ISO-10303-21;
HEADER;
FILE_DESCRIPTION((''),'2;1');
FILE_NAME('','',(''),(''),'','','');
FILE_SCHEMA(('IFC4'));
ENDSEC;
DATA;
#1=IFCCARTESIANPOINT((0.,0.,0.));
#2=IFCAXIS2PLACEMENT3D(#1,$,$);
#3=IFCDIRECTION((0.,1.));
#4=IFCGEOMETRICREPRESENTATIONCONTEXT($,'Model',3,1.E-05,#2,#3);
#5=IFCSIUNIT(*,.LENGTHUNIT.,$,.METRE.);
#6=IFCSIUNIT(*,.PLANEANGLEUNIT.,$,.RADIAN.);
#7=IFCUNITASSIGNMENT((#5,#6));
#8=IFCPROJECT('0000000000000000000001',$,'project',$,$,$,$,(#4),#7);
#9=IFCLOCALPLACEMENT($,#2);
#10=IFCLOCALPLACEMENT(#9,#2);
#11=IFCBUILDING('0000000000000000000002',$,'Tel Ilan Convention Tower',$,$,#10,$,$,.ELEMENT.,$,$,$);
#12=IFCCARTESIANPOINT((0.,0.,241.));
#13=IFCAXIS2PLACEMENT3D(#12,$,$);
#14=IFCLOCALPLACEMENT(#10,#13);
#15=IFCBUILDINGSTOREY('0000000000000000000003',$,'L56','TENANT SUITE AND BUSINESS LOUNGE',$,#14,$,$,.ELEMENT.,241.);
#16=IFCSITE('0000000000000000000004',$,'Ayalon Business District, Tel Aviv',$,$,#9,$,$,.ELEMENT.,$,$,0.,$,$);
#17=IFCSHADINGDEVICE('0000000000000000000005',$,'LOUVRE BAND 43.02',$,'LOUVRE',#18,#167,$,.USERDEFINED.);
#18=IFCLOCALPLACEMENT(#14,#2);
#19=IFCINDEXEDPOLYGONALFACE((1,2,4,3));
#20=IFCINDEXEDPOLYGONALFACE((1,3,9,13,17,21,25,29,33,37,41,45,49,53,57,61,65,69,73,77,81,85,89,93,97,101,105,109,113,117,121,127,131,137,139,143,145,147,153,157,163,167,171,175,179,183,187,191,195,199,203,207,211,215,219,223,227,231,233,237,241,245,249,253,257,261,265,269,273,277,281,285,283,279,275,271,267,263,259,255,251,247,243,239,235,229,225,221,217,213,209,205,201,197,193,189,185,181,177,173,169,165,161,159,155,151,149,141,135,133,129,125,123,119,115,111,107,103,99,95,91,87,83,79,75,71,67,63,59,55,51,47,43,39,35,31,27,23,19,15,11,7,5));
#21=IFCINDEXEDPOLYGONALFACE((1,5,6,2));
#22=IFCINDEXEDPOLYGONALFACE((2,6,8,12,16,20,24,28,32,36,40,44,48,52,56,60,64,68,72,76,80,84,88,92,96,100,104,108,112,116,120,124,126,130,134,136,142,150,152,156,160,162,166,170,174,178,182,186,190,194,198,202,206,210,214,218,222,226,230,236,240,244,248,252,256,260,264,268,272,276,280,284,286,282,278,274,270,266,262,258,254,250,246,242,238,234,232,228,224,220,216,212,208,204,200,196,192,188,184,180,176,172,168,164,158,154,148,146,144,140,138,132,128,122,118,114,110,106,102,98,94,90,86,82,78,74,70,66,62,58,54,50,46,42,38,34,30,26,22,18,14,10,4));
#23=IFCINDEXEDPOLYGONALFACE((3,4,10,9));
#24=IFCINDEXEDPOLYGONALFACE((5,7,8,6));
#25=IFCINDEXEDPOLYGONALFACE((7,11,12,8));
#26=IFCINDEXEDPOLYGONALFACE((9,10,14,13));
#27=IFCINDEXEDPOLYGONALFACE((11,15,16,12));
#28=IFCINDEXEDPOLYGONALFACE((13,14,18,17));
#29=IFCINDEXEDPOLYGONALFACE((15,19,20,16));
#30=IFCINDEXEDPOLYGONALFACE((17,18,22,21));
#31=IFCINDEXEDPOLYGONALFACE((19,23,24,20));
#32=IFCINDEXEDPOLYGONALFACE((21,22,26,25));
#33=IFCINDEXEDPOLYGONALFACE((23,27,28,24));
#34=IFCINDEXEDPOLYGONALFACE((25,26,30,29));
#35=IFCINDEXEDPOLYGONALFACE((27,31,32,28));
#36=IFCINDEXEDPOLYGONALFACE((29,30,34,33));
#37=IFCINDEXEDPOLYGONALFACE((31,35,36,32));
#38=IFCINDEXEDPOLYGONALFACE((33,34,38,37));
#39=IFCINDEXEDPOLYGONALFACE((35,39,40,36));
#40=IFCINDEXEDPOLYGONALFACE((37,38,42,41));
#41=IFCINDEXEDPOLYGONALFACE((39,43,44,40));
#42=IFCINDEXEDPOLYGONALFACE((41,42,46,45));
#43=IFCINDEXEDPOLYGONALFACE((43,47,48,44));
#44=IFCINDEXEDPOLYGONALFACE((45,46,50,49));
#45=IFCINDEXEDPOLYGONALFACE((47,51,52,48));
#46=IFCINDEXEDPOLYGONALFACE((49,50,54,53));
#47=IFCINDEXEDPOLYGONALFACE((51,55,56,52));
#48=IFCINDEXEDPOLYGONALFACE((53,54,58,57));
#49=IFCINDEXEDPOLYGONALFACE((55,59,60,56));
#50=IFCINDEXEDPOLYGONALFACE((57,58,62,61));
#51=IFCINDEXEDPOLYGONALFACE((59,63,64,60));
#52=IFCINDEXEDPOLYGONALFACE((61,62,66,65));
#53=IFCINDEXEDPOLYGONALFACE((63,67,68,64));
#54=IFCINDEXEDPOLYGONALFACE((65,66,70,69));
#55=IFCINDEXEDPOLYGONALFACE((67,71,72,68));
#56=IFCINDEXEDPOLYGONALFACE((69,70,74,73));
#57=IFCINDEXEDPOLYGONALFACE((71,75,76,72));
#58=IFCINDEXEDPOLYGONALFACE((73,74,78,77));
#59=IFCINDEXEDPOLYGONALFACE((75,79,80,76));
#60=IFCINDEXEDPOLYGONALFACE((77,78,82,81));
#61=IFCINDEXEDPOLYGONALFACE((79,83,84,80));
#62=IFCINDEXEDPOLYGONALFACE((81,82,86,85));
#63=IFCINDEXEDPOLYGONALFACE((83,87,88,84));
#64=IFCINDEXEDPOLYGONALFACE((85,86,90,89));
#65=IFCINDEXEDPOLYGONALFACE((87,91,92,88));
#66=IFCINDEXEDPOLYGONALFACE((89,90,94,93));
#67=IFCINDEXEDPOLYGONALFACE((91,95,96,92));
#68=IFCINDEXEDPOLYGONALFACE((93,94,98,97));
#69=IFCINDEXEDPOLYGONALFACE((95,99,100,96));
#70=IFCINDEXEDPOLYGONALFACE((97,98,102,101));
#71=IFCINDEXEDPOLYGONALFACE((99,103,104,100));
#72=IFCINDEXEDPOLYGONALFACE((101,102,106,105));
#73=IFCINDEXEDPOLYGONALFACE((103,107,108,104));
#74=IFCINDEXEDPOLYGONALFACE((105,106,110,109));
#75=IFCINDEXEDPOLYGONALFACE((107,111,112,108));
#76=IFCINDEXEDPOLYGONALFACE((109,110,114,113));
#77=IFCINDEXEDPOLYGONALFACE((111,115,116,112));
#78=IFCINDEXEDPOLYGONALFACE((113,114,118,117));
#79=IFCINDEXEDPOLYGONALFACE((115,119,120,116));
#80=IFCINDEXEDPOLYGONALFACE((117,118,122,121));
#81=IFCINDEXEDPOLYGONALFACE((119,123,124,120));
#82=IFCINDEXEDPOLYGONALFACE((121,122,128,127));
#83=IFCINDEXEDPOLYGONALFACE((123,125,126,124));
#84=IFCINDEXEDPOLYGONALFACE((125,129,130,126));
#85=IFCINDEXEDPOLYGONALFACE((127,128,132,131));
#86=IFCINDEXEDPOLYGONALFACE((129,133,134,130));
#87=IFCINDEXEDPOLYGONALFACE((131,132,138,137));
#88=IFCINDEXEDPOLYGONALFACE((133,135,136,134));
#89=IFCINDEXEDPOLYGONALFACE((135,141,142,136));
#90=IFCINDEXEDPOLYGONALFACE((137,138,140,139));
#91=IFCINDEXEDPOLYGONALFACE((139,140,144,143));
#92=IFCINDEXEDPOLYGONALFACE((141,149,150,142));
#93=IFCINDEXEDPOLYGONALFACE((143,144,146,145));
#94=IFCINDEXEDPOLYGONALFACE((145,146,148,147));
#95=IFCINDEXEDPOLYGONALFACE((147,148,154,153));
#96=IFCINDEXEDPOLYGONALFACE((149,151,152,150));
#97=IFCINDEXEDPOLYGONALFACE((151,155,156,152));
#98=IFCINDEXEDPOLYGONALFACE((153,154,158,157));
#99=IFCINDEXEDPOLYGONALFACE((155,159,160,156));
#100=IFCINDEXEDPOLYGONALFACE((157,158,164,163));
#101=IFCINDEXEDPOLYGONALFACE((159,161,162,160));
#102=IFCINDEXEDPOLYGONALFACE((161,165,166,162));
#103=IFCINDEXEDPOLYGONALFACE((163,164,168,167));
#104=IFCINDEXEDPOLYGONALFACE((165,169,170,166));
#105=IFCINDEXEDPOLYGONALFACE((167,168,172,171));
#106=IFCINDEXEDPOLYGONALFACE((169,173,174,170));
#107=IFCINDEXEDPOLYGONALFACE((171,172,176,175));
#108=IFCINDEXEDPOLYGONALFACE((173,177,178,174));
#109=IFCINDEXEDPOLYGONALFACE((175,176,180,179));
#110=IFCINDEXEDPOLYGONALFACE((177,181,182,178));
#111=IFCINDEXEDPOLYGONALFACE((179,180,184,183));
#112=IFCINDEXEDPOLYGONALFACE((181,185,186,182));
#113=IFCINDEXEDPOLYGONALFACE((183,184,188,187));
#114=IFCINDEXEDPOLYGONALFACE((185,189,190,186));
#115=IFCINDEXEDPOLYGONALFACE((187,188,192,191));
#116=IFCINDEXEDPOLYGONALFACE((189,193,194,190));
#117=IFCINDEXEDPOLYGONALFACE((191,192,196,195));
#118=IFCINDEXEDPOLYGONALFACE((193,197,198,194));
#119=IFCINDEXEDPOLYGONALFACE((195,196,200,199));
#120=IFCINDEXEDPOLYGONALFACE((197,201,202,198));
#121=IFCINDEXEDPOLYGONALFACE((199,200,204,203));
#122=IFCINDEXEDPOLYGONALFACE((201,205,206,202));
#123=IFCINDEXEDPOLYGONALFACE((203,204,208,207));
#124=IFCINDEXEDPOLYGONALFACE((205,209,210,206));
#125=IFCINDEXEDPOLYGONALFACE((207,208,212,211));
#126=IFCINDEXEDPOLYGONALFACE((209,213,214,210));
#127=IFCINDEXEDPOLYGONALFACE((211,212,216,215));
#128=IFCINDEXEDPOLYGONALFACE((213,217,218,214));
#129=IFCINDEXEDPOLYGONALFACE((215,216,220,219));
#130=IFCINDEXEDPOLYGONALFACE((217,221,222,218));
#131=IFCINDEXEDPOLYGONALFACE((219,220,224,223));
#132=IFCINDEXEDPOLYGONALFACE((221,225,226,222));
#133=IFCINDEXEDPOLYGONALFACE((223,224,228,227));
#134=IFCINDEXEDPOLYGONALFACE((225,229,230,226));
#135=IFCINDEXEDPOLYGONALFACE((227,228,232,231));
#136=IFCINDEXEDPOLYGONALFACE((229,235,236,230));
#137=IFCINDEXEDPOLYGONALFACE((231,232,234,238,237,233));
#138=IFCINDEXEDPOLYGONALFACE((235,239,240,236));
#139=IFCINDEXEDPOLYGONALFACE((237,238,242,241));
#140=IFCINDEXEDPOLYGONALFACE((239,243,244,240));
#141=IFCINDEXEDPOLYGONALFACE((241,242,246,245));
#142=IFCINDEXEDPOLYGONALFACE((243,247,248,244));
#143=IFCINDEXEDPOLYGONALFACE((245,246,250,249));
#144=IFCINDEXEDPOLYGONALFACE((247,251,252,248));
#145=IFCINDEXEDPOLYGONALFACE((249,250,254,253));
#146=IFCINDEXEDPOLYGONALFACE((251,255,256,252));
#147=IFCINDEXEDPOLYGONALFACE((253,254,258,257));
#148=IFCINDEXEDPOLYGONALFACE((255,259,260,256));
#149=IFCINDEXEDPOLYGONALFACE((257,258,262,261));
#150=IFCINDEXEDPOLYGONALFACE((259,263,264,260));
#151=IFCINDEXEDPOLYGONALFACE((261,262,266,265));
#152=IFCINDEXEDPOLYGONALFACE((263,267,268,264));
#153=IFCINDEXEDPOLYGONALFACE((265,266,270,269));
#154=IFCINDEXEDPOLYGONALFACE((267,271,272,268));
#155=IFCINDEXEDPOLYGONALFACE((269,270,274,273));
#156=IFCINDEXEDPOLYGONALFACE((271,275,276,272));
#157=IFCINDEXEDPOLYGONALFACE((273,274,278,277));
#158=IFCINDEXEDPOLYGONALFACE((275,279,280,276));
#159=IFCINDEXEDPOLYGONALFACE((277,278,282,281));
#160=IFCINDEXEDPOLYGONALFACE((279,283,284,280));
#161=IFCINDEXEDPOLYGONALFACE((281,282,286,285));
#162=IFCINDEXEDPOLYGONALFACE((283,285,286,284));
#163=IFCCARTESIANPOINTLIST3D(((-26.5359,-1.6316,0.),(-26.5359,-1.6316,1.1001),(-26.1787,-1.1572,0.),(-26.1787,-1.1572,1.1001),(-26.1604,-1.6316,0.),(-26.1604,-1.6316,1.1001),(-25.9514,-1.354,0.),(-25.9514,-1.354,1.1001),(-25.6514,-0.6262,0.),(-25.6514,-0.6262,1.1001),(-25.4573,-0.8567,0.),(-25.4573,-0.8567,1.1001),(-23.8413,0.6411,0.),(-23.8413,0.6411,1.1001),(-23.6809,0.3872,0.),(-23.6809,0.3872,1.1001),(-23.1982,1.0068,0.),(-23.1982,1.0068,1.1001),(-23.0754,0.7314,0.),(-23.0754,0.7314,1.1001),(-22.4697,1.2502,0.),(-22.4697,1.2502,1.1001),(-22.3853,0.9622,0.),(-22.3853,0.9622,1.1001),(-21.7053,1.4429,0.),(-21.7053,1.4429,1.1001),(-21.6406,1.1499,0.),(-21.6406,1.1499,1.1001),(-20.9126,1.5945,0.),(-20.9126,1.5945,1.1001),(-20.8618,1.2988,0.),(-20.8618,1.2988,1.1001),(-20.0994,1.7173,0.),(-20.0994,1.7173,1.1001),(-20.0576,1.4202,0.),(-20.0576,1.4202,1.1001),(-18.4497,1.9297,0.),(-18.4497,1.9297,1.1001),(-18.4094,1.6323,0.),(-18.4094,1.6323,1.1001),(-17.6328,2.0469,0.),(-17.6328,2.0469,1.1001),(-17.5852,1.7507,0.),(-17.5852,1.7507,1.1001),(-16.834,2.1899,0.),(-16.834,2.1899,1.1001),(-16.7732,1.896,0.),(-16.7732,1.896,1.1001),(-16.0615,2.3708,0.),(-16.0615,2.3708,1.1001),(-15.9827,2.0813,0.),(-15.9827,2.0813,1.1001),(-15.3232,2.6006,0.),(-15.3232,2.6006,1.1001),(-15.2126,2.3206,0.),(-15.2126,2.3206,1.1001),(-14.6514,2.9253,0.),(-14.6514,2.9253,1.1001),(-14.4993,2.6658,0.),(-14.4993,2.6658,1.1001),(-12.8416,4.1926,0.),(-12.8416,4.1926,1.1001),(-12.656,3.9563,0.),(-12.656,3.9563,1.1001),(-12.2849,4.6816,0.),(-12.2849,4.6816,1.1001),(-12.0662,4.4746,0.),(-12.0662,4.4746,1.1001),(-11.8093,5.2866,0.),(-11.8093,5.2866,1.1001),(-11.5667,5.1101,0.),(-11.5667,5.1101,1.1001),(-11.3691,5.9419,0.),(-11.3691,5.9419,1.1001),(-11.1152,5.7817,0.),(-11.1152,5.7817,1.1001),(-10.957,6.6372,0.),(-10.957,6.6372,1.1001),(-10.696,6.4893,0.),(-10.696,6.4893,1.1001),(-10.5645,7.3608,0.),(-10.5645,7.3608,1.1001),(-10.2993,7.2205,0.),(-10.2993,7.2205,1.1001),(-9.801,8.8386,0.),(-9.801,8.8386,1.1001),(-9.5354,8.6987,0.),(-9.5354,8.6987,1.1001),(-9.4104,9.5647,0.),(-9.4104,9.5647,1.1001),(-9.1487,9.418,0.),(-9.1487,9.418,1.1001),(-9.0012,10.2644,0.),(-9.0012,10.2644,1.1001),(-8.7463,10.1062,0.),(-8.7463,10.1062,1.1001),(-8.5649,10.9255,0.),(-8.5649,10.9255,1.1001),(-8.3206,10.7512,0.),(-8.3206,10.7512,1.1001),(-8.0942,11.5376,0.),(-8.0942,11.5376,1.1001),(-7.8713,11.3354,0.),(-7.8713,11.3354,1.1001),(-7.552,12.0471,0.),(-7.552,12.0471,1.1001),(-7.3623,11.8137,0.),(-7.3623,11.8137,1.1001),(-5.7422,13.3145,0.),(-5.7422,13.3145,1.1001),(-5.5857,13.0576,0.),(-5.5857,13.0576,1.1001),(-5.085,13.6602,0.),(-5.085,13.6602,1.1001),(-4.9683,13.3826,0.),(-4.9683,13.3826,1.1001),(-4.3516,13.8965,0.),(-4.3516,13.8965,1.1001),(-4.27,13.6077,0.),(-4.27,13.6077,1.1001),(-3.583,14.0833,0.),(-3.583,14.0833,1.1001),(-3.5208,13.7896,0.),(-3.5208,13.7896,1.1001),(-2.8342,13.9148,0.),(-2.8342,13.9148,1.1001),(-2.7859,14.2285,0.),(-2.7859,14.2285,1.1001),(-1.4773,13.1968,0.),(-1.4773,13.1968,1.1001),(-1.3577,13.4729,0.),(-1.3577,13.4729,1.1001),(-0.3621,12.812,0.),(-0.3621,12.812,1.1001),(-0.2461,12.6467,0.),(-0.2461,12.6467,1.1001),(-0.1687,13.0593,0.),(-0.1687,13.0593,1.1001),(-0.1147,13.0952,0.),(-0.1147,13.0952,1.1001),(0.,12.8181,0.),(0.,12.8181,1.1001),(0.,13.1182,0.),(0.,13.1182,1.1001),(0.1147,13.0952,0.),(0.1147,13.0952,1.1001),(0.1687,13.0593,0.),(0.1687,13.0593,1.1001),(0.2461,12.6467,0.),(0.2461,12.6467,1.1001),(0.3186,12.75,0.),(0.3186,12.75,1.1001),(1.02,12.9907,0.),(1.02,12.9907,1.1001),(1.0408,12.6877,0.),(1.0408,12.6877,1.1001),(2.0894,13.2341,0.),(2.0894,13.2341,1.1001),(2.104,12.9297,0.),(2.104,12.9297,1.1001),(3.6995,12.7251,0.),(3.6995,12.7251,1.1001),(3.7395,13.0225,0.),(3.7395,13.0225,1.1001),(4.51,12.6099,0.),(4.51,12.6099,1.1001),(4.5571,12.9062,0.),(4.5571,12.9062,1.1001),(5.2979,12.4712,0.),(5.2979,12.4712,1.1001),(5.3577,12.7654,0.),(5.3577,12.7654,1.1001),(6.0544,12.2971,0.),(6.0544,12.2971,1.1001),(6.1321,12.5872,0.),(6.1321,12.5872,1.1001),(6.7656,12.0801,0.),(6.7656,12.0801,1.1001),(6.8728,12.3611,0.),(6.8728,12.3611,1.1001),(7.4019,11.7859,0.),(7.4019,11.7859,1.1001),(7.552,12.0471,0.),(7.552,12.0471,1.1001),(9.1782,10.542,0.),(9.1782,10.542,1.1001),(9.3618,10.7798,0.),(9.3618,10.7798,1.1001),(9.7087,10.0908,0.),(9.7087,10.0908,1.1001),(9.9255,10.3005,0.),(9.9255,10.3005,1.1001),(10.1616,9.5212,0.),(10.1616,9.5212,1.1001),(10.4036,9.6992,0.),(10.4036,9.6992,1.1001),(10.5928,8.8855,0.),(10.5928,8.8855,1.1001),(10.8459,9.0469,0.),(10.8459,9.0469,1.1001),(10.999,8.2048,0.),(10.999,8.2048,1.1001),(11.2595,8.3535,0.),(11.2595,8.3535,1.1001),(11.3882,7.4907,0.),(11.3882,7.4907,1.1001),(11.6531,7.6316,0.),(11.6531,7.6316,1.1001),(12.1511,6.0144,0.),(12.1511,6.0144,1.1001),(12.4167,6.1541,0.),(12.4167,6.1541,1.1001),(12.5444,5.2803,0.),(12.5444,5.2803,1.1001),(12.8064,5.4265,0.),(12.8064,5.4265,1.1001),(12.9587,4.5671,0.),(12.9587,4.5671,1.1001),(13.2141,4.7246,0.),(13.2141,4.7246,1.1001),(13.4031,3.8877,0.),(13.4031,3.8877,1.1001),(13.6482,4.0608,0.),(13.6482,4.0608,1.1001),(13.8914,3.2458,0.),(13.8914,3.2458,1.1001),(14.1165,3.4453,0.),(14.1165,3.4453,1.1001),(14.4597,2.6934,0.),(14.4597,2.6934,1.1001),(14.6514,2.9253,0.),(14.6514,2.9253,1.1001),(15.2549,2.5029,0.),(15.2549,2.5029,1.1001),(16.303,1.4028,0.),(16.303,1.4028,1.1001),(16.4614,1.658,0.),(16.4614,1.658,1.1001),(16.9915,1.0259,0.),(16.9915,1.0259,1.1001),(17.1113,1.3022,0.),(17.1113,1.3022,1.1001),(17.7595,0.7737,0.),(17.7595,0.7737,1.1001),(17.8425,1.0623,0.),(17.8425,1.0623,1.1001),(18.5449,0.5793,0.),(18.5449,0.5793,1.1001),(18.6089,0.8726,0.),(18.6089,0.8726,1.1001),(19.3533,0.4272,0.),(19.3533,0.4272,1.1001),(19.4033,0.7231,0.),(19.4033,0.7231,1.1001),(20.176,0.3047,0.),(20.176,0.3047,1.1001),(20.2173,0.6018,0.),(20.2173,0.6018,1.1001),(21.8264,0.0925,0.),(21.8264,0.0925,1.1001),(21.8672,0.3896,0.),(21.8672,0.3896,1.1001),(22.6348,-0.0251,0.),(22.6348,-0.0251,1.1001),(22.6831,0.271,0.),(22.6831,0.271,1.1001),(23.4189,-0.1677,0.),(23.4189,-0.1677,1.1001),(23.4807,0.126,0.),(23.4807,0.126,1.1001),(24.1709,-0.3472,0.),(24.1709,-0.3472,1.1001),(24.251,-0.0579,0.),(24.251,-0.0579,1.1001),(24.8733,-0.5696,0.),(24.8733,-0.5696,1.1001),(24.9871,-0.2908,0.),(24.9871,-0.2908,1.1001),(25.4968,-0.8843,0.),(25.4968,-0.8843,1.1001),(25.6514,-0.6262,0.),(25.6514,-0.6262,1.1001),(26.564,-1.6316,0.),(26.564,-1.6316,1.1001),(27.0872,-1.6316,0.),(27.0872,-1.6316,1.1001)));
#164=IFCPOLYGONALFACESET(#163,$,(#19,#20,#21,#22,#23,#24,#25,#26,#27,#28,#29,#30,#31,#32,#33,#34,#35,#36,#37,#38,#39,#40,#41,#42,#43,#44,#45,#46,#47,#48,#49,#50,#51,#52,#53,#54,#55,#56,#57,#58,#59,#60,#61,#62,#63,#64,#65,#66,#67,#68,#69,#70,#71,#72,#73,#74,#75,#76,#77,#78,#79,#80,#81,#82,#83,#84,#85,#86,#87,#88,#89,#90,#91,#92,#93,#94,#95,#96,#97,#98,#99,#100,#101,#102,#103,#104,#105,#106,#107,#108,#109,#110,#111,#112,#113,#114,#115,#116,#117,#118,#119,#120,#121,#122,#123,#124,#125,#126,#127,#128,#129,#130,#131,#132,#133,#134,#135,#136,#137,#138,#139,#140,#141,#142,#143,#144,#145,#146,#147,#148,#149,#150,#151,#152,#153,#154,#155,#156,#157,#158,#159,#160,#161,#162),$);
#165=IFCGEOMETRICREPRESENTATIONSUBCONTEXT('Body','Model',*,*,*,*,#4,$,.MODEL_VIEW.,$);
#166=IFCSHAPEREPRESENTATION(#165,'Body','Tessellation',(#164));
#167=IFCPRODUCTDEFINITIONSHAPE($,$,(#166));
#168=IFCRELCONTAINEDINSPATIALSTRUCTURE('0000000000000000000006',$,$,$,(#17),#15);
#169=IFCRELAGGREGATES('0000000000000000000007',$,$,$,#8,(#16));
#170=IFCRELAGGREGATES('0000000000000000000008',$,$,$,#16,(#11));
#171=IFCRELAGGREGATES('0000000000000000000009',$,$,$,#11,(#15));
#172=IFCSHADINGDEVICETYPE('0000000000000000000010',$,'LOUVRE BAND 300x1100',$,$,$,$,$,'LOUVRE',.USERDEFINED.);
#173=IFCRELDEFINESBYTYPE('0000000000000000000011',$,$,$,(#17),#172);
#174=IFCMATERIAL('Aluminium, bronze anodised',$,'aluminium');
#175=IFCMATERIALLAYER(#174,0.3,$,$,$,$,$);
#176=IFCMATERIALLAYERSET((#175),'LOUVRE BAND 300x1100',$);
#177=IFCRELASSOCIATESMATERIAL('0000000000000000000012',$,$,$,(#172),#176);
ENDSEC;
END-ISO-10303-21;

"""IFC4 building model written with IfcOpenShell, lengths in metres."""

from ifc_helpers import new_model, si_unit, direction, frame, origin, place, context, subcontext, project, spatial, polyline, outline, extrude, material, layer, layer_set, type_object, element, save


model = new_model("IFC4")

# Units and contexts
model_context = context("Model", 3, precision=1e-05, world=origin(), true_north=direction((0.0, 1.0)))
body_context = subcontext(model_context, "Body", "Model", "MODEL_VIEW")
ifc_project = project(units=[si_unit("LENGTHUNIT", "METRE"), si_unit("PLANEANGLEUNIT", "RADIAN")], contexts=[model_context])

# Site, building, storey
site_placement = place(None, origin())
site = spatial("IfcSite", under=ifc_project, at=site_placement, Name="Ayalon Business District, Tel Aviv", CompositionType="ELEMENT", RefElevation=0.0)
building_placement = place(site_placement, origin())
building = spatial("IfcBuilding", under=site, at=building_placement, Name="Tel Ilan Convention Tower", CompositionType="ELEMENT")
storey_placement = place(building_placement, frame((0.0, 0.0, 241.0)))
storey = spatial("IfcBuildingStorey", under=building, at=storey_placement, Name="L56", Description="TENANT SUITE AND BUSINESS LOUNGE", CompositionType="ELEMENT", Elevation=241.0)

# Shading device
ifc_material_1 = material(Name="Aluminium, bronze anodised", Category="aluminium")
ifc_layer_1 = layer(ifc_material_1, 0.3)
ifc_layer_set_1 = layer_set([ifc_layer_1], Name="LOUVRE BAND 300x1100")
shading_device_type = type_object("IfcShadingDeviceType", Name="LOUVRE BAND 300x1100", ElementType="LOUVRE", PredefinedType="USERDEFINED", material=ifc_layer_set_1)
shading_device_1_placement = place(storey_placement, origin())
element("IfcShadingDevice", 1, at=shading_device_1_placement, inside=storey, type_object=shading_device_type, Name="LOUVRE BAND 43.02", ObjectType="LOUVRE", PredefinedType="USERDEFINED", context=body_context, shape_type="SweptSolid", body=[
    extrude(outline(polyline([(-26.1787, -1.1572), (-26.5359, -1.6316), (-26.1604, -1.6316), (-25.9514, -1.354), (-25.4573, -0.8567), (-23.6809, 0.3872), (-23.0754, 0.7314), (-22.3853, 0.9622), (-21.6406, 1.1499), (-20.8618, 1.2988), (-20.0576, 1.4202), (-18.4094, 1.6323), (-17.5852, 1.7507), (-16.7732, 1.896), (-15.9827, 2.0813), (-15.2126, 2.3206), (-14.4993, 2.6658), (-12.656, 3.9563), (-12.0662, 4.4746), (-11.5667, 5.1101), (-11.1152, 5.7817), (-10.696, 6.4893), (-10.2993, 7.2205), (-9.5354, 8.6987), (-9.1487, 9.418), (-8.7463, 10.1062), (-8.3206, 10.7512), (-7.8713, 11.3354), (-7.3623, 11.8137), (-5.5857, 13.0576), (-4.9683, 13.3826), (-4.27, 13.6077), (-3.5208, 13.7896), (-2.8342, 13.9148), (-1.4773, 13.1968), (-0.3621, 12.812), (-0.2461, 12.6467), (0.0, 12.8181), (0.2461, 12.6467), (0.3186, 12.75), (1.0408, 12.6877), (2.104, 12.9297), (3.6995, 12.7251), (4.51, 12.6099), (5.2979, 12.4712), (6.0544, 12.2971), (6.7656, 12.0801), (7.4019, 11.7859), (9.1782, 10.542), (9.7087, 10.0908), (10.1616, 9.5212), (10.5928, 8.8855), (10.999, 8.2048), (11.3882, 7.4907), (12.1511, 6.0144), (12.5444, 5.2803), (12.9587, 4.5671), (13.4031, 3.8877), (13.8914, 3.2458), (14.4597, 2.6934), (16.303, 1.4028), (16.9915, 1.0259), (17.7595, 0.7737), (18.5449, 0.5793), (19.3533, 0.4272), (20.176, 0.3047), (21.8264, 0.0925), (22.6348, -0.0251), (23.4189, -0.1677), (24.1709, -0.3472), (24.8733, -0.5696), (25.4968, -0.8843), (26.564, -1.6316), (27.0872, -1.6316), (25.6514, -0.6262), (24.9871, -0.2908), (24.251, -0.0579), (23.4807, 0.126), (22.6831, 0.271), (21.8672, 0.3896), (20.2173, 0.6018), (19.4033, 0.7231), (18.6089, 0.8726), (17.8425, 1.0623), (17.1113, 1.3022), (16.4614, 1.658), (15.2549, 2.5029), (14.6514, 2.9253), (14.1165, 3.4453), (13.6482, 4.0608), (13.2141, 4.7246), (12.8064, 5.4265), (12.4167, 6.1541), (11.6531, 7.6316), (11.2595, 8.3535), (10.8459, 9.0469), (10.4036, 9.6992), (9.9255, 10.3005), (9.3618, 10.7798), (7.552, 12.0471), (6.8728, 12.3611), (6.1321, 12.5872), (5.3577, 12.7654), (4.5571, 12.9062), (3.7395, 13.0225), (2.0894, 13.2341), (1.02, 12.9907), (0.1687, 13.0593), (0.1147, 13.0952), (0.0, 13.1182), (-0.1147, 13.0952), (-0.1687, 13.0593), (-1.3577, 13.4729), (-2.7859, 14.2285), (-3.583, 14.0833), (-4.3516, 13.8965), (-5.085, 13.6602), (-5.7422, 13.3145), (-7.552, 12.0471), (-8.0942, 11.5376), (-8.5649, 10.9255), (-9.0012, 10.2644), (-9.4104, 9.5647), (-9.801, 8.8386), (-10.5645, 7.3608), (-10.957, 6.6372), (-11.3691, 5.9419), (-11.8093, 5.2866), (-12.2849, 4.6816), (-12.8416, 4.1926), (-14.6514, 2.9253), (-15.3232, 2.6006), (-16.0615, 2.3708), (-16.834, 2.1899), (-17.6328, 2.0469), (-18.4497, 1.9297), (-20.0994, 1.7173), (-20.9126, 1.5945), (-21.7053, 1.4429), (-22.4697, 1.2502), (-23.1982, 1.0068), (-23.8413, 0.6411), (-25.6514, -0.6262), (-26.1787, -1.1572)])), origin(), (0.0, 0.0, 1.0), 1.1001),
])

save(model, "model.ifc")
